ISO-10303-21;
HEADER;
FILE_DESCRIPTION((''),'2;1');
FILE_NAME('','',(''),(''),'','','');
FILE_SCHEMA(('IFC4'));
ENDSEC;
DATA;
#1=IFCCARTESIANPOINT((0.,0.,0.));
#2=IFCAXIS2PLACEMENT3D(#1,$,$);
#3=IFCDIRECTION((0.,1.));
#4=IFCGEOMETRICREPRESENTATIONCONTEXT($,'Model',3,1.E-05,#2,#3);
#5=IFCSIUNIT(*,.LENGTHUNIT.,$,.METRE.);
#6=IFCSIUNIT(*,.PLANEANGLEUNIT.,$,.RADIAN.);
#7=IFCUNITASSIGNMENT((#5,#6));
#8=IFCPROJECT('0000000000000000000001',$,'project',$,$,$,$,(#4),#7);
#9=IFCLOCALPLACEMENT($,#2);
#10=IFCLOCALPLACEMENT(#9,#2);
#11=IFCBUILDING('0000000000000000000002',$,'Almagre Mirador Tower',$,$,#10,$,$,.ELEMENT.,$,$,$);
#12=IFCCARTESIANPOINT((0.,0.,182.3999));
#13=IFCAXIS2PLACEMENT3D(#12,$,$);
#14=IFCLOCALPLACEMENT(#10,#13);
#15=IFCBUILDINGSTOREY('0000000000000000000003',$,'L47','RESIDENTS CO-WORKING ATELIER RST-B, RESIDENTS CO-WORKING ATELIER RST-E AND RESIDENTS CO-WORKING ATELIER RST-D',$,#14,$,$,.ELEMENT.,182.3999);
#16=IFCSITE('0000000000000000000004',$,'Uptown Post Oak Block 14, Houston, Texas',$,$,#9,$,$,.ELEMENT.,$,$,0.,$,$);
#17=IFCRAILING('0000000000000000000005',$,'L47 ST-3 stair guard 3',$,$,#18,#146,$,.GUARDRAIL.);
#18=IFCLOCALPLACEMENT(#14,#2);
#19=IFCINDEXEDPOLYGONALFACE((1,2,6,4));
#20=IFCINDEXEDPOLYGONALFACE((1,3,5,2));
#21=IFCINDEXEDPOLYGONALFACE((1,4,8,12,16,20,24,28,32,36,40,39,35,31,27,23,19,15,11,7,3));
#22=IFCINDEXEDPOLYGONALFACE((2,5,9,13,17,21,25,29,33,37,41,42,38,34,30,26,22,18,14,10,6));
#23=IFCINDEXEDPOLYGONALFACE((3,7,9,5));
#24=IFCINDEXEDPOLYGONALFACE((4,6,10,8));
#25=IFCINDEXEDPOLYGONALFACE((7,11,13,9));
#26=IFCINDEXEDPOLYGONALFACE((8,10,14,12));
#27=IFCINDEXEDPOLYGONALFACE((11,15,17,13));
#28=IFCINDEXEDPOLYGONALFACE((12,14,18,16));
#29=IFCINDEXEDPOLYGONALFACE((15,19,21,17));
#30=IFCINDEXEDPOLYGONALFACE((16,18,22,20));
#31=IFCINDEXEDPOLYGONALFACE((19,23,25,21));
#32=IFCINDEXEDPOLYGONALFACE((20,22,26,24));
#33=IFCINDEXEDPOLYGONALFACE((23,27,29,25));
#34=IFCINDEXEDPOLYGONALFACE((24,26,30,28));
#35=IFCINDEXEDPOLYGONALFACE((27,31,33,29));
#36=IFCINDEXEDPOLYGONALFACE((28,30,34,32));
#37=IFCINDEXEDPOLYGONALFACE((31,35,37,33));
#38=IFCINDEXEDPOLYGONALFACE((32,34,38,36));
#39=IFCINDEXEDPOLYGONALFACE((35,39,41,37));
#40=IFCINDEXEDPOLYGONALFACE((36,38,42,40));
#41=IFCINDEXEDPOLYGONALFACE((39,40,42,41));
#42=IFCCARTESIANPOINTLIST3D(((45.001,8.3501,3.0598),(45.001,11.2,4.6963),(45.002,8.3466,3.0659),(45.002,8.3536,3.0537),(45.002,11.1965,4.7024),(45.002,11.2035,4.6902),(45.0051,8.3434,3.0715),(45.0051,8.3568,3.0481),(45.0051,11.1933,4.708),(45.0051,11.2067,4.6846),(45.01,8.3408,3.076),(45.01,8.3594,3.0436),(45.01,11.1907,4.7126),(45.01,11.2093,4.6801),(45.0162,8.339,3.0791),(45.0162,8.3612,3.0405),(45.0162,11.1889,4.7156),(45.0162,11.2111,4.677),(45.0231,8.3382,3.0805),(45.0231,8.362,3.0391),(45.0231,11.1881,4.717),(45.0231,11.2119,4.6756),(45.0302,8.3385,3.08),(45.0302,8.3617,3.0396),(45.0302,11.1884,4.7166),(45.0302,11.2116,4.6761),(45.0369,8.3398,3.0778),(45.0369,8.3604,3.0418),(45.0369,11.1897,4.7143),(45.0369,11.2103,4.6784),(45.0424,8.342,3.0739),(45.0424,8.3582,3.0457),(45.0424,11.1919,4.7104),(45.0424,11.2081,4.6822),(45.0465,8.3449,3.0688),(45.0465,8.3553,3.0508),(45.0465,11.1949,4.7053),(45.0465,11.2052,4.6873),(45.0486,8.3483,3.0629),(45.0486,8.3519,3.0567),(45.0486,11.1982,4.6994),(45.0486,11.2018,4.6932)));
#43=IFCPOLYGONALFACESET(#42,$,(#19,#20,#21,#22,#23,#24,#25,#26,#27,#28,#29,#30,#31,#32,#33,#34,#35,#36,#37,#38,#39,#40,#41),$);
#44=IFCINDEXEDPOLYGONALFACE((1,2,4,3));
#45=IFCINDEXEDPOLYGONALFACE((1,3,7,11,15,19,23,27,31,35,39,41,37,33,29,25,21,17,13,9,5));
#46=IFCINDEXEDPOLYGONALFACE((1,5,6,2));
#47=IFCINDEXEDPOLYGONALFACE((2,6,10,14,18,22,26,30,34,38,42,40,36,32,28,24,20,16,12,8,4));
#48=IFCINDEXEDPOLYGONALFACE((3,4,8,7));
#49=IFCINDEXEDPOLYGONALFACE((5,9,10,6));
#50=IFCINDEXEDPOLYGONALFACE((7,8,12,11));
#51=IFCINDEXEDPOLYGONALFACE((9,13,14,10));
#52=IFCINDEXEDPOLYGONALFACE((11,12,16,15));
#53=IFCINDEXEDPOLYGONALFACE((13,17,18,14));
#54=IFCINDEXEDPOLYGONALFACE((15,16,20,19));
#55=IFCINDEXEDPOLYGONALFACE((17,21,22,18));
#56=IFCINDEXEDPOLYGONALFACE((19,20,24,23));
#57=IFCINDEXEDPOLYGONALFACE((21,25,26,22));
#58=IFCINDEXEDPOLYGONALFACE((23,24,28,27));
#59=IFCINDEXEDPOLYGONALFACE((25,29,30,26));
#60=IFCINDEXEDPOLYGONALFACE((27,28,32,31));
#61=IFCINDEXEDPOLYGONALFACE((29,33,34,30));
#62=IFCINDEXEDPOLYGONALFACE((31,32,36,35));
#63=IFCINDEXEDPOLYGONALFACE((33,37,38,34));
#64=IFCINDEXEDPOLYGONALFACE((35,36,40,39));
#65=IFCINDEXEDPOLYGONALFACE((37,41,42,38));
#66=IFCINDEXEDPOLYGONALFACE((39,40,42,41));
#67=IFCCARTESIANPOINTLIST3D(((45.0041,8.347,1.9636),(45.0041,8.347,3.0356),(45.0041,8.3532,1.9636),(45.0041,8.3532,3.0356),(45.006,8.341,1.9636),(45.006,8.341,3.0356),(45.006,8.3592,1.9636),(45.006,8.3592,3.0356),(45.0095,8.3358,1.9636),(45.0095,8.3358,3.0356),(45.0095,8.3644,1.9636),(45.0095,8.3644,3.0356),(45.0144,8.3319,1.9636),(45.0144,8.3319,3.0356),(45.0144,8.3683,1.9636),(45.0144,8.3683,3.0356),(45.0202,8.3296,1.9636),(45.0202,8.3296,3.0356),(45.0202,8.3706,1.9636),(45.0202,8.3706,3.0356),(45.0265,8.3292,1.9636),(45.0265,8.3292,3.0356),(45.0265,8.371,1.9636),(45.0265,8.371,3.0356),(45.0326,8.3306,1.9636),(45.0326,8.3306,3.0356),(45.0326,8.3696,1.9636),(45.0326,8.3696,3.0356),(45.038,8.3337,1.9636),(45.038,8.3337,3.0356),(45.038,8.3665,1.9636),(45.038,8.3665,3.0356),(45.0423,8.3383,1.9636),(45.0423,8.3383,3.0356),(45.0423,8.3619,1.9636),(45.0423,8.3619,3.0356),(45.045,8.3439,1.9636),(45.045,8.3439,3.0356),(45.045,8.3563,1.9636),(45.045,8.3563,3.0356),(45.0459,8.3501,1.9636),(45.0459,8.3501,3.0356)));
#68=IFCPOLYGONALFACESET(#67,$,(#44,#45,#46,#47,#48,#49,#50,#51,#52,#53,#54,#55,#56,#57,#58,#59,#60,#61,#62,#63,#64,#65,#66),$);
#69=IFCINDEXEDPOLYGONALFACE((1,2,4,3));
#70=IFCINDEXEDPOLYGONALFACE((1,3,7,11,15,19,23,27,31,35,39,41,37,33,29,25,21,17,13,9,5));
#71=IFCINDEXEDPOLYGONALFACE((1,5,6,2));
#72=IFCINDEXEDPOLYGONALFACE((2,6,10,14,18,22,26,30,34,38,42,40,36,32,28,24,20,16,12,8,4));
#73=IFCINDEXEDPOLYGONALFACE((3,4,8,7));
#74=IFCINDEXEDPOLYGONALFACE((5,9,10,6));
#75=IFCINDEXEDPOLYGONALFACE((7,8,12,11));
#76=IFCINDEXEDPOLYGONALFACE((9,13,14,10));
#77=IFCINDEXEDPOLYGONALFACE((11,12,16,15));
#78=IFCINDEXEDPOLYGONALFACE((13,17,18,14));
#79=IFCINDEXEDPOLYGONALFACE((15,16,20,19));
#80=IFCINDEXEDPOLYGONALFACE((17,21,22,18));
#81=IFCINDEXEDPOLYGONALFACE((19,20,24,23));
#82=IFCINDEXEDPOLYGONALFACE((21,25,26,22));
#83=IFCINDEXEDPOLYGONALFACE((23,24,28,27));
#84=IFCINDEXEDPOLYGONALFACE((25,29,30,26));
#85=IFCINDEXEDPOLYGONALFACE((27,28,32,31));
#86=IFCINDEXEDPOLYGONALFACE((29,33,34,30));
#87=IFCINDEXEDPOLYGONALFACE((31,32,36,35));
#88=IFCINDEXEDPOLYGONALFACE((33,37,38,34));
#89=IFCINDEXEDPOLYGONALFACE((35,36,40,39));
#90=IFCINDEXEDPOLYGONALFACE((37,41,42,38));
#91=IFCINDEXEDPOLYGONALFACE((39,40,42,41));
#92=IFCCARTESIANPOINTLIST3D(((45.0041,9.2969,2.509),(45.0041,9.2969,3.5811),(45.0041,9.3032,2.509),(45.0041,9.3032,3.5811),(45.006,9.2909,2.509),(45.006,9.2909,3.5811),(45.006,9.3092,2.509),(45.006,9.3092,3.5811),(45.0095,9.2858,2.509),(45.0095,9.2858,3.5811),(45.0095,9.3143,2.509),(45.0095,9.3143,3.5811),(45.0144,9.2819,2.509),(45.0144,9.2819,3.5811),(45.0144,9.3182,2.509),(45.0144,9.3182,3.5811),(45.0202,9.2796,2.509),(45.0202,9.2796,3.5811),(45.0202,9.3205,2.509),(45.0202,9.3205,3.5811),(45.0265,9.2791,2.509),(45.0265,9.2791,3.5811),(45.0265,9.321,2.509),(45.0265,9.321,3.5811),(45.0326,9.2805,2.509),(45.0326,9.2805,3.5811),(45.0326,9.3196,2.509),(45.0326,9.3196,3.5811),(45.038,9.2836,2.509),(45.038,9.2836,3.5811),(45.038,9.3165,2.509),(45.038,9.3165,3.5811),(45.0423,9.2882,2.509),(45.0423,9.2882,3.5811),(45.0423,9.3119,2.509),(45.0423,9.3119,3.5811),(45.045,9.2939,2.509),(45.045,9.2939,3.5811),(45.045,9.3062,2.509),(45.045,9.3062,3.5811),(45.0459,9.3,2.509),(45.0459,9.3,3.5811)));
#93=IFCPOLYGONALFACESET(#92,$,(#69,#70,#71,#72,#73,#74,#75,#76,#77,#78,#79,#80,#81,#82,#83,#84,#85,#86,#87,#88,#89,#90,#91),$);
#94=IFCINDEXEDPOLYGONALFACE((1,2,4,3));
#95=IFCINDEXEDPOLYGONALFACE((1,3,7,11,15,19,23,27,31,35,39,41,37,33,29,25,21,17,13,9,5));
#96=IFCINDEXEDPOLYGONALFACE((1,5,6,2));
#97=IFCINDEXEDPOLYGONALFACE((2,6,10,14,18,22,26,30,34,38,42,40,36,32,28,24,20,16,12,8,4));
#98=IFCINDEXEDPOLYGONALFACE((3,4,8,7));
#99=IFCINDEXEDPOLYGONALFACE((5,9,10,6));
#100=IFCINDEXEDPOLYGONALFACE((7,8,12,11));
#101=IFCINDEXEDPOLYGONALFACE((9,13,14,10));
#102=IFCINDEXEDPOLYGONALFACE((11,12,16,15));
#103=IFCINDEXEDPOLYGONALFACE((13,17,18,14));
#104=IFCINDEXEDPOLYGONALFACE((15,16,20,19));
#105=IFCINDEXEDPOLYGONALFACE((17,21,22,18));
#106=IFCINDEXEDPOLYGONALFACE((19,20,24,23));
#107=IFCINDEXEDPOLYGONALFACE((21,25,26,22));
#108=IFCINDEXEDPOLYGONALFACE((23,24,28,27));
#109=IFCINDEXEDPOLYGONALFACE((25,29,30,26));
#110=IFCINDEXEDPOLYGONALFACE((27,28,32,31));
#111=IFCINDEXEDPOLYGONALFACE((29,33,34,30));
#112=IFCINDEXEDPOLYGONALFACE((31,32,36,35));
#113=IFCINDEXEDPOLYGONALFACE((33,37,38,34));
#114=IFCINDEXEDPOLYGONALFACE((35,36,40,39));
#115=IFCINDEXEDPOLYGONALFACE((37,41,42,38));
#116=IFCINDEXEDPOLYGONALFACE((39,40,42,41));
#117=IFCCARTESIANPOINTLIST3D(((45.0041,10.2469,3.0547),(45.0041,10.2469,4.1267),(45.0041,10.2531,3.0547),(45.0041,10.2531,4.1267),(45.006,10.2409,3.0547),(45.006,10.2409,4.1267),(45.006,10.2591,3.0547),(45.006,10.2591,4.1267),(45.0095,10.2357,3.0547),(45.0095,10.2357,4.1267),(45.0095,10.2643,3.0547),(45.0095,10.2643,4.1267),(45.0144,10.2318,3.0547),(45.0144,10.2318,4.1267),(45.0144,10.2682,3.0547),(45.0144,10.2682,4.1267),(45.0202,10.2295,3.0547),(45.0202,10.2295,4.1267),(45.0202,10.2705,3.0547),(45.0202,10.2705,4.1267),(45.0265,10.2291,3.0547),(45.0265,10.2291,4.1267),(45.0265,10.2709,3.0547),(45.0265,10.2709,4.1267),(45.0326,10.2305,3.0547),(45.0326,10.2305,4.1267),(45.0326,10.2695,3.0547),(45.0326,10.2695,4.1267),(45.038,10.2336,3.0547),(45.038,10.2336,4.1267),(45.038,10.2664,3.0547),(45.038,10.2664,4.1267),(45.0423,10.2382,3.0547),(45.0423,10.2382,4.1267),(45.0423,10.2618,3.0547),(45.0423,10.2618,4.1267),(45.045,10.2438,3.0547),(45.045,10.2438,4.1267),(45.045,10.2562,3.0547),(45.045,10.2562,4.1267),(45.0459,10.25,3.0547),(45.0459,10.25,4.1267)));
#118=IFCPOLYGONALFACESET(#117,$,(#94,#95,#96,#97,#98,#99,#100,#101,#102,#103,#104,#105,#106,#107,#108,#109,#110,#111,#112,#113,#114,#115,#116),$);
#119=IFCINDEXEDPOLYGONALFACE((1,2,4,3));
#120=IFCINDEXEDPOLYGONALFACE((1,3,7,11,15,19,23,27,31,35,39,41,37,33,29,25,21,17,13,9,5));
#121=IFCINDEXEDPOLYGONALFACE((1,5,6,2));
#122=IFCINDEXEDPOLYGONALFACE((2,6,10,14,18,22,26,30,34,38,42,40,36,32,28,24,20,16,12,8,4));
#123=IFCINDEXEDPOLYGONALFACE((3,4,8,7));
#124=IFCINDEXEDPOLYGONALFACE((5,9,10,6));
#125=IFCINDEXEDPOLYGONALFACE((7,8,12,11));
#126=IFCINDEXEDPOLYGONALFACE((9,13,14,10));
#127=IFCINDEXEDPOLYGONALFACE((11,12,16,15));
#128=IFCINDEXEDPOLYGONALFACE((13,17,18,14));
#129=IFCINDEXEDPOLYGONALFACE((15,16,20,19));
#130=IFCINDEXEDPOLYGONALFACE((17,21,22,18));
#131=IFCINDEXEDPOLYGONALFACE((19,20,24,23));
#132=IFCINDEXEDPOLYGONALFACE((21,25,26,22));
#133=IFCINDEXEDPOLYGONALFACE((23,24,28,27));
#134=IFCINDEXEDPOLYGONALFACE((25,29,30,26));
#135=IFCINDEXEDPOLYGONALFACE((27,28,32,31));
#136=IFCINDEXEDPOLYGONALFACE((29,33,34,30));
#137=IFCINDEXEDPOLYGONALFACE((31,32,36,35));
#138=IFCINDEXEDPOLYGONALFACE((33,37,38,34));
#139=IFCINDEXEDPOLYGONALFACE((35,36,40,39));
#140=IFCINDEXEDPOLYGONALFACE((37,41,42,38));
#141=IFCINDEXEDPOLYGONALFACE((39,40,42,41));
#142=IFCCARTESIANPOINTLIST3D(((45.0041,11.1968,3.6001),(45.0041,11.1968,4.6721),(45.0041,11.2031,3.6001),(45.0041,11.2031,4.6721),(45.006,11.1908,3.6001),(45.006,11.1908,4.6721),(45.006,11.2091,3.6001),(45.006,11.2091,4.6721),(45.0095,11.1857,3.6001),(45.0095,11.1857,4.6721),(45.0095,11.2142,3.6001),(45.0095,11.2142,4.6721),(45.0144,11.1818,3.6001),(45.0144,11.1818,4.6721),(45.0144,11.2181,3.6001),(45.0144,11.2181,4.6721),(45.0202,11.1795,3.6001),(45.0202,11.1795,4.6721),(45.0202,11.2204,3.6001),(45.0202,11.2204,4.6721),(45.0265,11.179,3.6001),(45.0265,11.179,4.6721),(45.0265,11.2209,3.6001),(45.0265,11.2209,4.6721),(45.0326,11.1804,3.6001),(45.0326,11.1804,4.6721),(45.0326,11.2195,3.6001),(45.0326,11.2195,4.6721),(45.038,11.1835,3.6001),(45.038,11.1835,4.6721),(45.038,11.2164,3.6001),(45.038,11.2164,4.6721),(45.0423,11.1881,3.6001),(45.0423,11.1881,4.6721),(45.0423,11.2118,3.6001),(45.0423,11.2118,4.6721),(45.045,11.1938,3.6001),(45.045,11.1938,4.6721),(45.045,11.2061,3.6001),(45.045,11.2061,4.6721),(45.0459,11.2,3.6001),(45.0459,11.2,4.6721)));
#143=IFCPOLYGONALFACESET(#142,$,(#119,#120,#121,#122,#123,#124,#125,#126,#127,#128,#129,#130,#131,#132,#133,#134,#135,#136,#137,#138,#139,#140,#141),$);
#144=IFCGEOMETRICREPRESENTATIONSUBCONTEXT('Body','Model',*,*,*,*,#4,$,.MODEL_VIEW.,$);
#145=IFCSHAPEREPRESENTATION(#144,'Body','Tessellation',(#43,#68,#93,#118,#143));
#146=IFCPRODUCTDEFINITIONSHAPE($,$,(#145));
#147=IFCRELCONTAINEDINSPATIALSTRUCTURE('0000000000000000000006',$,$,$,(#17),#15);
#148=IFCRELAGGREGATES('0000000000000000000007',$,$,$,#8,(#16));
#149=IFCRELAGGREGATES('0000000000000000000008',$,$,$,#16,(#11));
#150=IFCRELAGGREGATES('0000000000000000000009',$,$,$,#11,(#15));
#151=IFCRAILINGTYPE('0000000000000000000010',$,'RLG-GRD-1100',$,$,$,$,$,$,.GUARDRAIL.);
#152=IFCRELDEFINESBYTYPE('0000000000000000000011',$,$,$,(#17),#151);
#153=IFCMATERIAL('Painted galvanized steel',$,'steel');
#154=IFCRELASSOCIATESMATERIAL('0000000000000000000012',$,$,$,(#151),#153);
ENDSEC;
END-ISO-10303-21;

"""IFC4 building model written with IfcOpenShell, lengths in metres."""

from ifc_helpers import new_model, si_unit, direction, frame, origin, origin_2d, place, context, subcontext, project, spatial, circle, extrude, material, type_object, element, save


model = new_model("IFC4")

# Units and contexts
model_context = context("Model", 3, precision=1e-05, world=origin(), true_north=direction((0.0, 1.0)))
body_context = subcontext(model_context, "Body", "Model", "MODEL_VIEW")
ifc_project = project(units=[si_unit("LENGTHUNIT", "METRE"), si_unit("PLANEANGLEUNIT", "RADIAN")], contexts=[model_context])

# Site, building, storey
site_placement = place(None, origin())
site = spatial("IfcSite", under=ifc_project, at=site_placement, Name="Uptown Post Oak Block 14, Houston, Texas", CompositionType="ELEMENT", RefElevation=0.0)
building_placement = place(site_placement, origin())
building = spatial("IfcBuilding", under=site, at=building_placement, Name="Almagre Mirador Tower", CompositionType="ELEMENT")
storey_placement = place(building_placement, frame((0.0, 0.0, 182.3999)))
storey = spatial("IfcBuildingStorey", under=building, at=storey_placement, Name="L47", Description="RESIDENTS CO-WORKING ATELIER RST-B, RESIDENTS CO-WORKING ATELIER RST-E AND RESIDENTS CO-WORKING ATELIER RST-D", CompositionType="ELEMENT", Elevation=182.3999)

# Railing
ifc_material_1 = material(Name="Painted galvanized steel", Category="steel")
railing_type_1 = type_object("IfcRailingType", Name="RLG-GRD-1100", PredefinedType="GUARDRAIL", material=ifc_material_1)
railing_1_placement = place(storey_placement, frame((45.0249, 8.3501, 1.9636)))
element("IfcRailing", 1, at=railing_1_placement, inside=storey, type_object=railing_type_1, Name="L47 ST-3 stair guard 3", PredefinedType="GUARDRAIL", context=body_context, shape_type="SweptSolid", body=[
    extrude(circle(Radius=0.0239, at=origin_2d()), frame((0.0, 0.0, 1.0962), z_axis=(0.0, 0.867194, 0.49797), x_axis=(-1.0, 0.0, 0.0)), (0.0, 0.0, 1.0), 3.2864),
    extrude(circle(Radius=0.021, at=origin_2d()), origin(), (0.0, 0.0, 1.0), 1.072),
    extrude(circle(Radius=0.021, at=origin_2d()), frame((0.0, 0.95, 0.5454)), (0.0, 0.0, 1.0), 1.072),
    extrude(circle(Radius=0.021, at=origin_2d()), frame((0.0, 1.8999, 1.0911)), (0.0, 0.0, 1.0), 1.072),
    extrude(circle(Radius=0.021, at=origin_2d()), frame((0.0, 2.8499, 1.6365)), (0.0, 0.0, 1.0), 1.072),
])

save(model, "model.ifc")
